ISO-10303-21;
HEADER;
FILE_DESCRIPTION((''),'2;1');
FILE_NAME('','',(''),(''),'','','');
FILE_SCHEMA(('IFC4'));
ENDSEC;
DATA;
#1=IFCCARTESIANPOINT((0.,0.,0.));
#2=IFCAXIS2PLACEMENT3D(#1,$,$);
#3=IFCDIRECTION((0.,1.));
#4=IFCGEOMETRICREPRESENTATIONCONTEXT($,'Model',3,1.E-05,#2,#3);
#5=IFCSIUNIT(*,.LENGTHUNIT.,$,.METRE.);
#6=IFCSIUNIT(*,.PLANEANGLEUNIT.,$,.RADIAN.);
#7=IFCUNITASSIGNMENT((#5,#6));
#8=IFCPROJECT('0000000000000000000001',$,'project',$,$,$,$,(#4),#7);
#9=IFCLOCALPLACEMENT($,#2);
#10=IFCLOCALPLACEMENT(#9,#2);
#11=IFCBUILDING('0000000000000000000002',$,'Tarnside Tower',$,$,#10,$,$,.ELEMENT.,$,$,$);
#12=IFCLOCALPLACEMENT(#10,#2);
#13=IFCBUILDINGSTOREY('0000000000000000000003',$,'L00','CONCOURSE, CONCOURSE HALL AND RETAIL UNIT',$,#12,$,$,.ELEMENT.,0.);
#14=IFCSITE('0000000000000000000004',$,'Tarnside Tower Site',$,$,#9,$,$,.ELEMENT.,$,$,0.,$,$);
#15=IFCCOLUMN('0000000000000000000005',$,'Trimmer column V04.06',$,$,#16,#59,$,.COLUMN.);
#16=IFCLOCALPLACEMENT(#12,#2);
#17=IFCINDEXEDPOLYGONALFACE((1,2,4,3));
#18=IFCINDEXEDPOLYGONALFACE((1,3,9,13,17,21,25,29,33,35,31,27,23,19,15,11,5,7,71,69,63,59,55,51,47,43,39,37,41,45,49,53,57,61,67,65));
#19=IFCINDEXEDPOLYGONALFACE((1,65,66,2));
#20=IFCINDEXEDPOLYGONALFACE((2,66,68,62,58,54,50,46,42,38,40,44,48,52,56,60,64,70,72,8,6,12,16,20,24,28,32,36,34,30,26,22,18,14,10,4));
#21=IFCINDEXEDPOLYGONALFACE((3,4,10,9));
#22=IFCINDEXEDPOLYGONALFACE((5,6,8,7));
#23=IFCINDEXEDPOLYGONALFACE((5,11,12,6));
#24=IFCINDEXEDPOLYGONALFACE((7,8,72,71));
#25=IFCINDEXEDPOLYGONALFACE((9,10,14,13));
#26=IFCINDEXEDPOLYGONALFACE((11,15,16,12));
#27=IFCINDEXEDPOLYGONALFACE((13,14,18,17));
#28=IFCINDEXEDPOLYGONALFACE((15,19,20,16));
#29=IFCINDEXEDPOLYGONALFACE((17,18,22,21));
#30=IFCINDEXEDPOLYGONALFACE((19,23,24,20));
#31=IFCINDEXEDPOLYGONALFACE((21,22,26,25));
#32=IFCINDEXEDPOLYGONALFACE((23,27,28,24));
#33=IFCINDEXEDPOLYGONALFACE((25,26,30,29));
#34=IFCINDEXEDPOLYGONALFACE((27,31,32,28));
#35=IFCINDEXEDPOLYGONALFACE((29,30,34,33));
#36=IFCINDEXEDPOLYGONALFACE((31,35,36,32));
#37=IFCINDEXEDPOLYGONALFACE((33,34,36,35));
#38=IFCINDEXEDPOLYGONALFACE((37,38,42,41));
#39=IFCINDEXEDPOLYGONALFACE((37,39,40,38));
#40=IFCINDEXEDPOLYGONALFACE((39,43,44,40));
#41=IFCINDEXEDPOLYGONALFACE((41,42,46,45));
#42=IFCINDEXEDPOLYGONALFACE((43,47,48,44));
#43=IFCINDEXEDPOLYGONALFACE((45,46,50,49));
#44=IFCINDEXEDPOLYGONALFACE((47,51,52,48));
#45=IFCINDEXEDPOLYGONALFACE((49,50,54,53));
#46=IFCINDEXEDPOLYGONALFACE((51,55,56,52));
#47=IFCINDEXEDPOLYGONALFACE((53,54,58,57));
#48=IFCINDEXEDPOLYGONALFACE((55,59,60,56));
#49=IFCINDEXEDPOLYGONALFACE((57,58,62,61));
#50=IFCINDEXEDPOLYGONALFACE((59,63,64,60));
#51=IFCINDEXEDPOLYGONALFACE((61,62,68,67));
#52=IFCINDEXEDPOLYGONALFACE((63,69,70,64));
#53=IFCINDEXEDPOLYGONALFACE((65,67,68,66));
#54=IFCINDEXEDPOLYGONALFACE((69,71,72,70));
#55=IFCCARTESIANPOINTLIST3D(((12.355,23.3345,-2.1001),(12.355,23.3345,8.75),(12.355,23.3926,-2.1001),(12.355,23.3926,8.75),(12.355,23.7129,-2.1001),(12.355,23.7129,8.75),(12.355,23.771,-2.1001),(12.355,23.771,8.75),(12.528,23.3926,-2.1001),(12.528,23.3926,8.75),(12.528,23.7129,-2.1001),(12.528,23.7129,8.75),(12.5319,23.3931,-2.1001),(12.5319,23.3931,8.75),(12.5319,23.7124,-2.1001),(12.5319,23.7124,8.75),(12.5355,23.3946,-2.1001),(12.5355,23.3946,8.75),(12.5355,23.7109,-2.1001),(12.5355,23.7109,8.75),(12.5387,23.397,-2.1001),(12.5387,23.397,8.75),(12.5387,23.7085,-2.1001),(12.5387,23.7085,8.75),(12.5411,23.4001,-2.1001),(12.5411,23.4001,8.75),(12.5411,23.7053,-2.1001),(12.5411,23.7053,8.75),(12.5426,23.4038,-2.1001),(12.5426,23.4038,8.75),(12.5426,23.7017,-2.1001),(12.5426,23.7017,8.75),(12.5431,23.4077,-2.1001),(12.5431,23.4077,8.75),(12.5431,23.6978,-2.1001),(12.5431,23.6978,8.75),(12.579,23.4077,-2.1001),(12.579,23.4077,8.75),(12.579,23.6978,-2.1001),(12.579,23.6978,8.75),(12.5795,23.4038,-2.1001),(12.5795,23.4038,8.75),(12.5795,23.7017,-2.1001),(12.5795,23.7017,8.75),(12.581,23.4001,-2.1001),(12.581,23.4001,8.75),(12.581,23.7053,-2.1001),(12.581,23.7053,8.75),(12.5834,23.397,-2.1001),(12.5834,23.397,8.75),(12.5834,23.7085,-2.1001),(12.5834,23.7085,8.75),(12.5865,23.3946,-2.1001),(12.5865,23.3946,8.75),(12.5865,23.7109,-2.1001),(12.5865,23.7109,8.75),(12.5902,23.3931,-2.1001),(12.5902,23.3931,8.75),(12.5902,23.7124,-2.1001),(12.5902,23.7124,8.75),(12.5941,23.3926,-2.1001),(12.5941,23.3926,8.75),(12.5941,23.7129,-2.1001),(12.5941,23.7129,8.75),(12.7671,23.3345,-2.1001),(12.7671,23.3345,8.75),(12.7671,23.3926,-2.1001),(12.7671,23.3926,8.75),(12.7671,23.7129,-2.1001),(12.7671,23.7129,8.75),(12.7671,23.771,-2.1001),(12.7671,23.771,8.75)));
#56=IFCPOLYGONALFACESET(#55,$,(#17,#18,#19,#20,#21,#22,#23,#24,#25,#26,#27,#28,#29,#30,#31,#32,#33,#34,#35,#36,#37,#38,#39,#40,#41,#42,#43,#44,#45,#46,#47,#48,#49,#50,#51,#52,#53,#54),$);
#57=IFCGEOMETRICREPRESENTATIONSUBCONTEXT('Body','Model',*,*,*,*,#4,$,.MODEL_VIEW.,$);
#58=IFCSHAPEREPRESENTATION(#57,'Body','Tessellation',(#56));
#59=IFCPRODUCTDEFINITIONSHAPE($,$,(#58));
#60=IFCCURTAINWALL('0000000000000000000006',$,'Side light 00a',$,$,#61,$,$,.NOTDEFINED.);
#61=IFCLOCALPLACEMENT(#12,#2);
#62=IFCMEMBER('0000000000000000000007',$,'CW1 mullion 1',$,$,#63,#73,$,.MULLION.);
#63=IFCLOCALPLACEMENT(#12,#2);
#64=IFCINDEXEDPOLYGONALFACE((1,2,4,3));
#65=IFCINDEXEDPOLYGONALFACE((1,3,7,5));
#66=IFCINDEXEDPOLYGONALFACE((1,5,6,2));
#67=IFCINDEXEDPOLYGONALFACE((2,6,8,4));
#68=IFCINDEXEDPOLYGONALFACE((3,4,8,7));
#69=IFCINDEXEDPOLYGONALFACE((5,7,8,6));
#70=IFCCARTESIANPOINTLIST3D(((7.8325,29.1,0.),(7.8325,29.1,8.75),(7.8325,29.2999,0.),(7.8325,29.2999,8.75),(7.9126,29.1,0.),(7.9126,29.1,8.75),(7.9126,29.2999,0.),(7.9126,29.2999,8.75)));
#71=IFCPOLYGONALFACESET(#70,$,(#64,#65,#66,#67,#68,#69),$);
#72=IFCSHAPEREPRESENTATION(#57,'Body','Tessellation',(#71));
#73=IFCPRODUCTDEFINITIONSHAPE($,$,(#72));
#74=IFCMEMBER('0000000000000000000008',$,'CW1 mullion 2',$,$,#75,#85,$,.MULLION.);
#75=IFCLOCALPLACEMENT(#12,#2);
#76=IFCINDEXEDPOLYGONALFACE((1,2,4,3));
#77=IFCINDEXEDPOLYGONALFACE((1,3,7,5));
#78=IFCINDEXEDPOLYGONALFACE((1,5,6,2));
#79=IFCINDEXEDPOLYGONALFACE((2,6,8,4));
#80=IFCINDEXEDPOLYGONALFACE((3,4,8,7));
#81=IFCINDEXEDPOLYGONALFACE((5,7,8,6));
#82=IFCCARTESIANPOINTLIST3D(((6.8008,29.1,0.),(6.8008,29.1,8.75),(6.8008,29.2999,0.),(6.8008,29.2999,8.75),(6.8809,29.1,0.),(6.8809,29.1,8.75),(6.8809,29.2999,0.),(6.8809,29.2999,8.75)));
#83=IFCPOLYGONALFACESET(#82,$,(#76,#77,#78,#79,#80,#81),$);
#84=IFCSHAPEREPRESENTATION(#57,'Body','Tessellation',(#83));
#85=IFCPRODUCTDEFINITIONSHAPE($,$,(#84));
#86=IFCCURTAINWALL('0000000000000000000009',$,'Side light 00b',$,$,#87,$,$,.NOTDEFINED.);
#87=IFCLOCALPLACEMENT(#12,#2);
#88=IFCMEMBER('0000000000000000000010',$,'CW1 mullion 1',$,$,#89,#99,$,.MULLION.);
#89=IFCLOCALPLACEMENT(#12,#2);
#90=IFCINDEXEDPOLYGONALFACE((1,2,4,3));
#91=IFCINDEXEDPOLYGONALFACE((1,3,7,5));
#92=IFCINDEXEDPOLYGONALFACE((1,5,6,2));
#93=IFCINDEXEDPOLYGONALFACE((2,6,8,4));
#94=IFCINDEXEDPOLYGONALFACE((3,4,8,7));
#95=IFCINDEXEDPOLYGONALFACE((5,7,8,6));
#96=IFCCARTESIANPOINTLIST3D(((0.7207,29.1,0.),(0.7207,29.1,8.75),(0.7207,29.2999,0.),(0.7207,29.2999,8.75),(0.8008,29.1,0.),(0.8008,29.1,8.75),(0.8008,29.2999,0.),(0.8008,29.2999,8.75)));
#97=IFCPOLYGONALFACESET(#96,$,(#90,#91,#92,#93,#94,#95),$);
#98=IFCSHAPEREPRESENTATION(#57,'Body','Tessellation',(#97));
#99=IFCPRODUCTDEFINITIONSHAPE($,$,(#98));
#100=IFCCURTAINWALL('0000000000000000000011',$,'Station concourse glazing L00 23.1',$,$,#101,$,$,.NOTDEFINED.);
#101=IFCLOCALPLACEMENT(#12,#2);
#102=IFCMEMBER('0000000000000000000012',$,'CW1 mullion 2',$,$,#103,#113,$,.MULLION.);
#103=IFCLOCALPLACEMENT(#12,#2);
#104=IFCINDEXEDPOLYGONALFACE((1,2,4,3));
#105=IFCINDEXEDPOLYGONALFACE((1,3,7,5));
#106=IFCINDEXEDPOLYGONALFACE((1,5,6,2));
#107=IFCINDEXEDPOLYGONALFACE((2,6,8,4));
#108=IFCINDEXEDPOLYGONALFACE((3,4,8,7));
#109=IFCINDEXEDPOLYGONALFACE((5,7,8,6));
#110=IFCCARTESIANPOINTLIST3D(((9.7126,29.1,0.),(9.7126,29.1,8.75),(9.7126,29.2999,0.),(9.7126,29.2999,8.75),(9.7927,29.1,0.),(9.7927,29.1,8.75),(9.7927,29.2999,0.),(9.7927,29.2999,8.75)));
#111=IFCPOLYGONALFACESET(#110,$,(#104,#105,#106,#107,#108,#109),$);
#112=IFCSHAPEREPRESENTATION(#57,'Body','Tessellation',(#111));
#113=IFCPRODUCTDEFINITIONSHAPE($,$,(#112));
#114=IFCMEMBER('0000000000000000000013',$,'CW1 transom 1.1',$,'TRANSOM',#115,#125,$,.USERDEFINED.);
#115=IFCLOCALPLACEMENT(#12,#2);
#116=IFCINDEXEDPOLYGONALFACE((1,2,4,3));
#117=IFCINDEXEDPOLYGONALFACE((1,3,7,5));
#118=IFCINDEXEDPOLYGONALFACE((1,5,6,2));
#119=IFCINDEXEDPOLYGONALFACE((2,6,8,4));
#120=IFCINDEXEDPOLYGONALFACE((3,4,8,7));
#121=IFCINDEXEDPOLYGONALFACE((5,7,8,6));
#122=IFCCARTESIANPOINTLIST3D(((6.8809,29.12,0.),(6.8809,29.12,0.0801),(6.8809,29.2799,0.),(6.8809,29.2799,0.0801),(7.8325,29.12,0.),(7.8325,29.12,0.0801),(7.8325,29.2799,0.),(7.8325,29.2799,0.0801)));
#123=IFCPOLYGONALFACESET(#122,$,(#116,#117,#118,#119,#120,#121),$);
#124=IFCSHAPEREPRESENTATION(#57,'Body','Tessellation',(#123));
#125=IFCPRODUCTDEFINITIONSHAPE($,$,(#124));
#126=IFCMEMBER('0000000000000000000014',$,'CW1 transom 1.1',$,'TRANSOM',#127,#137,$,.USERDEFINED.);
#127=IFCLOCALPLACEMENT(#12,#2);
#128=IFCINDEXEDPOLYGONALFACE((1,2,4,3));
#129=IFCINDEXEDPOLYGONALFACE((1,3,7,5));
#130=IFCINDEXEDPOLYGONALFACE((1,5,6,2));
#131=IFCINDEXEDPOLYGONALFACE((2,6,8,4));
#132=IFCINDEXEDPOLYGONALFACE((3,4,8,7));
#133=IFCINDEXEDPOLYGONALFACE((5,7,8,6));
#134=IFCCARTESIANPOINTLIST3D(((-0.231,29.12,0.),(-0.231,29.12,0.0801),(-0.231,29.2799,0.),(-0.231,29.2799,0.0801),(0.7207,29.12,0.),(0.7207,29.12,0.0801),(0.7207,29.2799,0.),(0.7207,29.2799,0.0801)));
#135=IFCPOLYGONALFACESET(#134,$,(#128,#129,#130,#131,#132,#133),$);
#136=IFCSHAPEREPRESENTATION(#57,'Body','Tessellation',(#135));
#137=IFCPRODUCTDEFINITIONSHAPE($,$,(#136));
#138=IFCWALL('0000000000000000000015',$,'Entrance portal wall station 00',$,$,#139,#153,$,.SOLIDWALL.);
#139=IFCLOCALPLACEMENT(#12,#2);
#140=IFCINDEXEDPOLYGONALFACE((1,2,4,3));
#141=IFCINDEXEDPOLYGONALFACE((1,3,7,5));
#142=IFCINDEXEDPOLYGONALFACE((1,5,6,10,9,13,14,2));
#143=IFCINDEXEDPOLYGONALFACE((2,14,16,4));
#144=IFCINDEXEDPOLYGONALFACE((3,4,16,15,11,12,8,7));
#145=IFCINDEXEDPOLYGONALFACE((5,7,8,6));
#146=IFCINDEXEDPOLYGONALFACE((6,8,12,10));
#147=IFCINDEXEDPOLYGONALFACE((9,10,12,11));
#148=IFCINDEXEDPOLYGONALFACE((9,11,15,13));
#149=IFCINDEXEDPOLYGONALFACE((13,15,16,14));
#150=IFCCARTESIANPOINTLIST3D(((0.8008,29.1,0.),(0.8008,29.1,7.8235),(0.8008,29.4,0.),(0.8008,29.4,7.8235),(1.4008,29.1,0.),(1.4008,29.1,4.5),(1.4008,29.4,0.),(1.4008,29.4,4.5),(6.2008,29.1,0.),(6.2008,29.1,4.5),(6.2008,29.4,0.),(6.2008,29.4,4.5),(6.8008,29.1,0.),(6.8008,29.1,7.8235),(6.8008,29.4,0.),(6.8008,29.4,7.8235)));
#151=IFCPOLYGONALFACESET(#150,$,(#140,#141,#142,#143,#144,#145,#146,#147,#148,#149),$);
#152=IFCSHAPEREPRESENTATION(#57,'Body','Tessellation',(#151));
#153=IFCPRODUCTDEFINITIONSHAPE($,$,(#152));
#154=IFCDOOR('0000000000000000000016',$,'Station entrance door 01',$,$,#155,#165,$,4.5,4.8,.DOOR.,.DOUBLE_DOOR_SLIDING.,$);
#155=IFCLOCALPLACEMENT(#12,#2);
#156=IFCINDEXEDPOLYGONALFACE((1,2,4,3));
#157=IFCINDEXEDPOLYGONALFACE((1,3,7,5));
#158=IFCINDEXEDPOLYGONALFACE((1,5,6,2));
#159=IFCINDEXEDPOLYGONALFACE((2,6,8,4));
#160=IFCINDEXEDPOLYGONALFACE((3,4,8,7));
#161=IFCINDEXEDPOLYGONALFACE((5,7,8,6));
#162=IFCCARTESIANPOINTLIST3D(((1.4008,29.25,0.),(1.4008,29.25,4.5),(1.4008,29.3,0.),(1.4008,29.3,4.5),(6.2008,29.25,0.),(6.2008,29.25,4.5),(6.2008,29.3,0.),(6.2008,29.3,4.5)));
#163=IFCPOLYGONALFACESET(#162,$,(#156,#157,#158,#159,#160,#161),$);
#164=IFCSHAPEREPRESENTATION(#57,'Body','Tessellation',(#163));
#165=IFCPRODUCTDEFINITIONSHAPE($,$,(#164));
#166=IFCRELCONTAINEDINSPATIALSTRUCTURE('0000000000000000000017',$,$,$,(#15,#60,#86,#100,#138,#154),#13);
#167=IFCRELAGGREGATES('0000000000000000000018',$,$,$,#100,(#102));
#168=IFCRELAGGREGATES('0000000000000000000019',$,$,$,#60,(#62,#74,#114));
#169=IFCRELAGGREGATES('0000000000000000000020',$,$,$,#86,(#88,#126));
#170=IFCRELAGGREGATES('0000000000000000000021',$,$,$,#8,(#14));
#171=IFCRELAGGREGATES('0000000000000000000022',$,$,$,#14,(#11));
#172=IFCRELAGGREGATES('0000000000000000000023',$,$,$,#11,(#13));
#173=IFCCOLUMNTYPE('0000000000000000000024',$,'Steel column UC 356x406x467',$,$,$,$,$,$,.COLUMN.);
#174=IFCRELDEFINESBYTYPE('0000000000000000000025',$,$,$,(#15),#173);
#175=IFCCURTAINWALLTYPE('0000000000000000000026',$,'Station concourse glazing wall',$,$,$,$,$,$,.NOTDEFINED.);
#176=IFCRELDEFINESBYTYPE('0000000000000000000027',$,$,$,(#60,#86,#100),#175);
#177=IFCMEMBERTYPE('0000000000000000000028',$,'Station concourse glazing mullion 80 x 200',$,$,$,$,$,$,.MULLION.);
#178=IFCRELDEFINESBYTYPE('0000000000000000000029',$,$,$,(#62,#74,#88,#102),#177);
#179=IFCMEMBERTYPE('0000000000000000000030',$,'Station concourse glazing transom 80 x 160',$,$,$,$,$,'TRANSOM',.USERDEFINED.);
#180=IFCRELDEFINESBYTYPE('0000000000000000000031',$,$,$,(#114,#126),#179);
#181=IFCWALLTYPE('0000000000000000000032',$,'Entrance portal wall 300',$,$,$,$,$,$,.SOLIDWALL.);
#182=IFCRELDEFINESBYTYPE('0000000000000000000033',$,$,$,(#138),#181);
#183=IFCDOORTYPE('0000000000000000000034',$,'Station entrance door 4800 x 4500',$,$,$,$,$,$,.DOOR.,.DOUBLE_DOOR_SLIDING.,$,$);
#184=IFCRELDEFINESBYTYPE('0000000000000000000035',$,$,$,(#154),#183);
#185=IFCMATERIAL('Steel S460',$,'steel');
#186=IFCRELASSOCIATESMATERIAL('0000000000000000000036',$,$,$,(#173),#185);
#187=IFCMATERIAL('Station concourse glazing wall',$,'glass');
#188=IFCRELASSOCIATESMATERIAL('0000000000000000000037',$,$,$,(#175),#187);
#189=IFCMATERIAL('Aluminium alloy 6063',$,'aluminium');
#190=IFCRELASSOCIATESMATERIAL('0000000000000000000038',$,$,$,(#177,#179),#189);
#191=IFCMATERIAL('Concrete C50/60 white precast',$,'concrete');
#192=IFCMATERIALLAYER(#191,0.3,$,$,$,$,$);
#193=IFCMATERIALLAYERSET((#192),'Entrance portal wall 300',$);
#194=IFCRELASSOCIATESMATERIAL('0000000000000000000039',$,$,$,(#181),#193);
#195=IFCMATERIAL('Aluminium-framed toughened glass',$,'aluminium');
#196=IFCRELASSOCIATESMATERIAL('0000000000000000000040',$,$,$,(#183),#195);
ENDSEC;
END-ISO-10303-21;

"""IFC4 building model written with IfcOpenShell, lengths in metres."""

from ifc_helpers import new_model, si_unit, direction, frame, frame_2d, origin, origin_2d, place, context, subcontext, project, spatial, rectangle, i_section, extrude, material, layer, layer_set, material_profile, profile_set, type_object, element, fill, aggregate, save


model = new_model("IFC4")

# Units and contexts
model_context = context("Model", 3, precision=1e-05, world=origin(), true_north=direction((0.0, 1.0)))
body_context = subcontext(model_context, "Body", "Model", "MODEL_VIEW")
ifc_project = project(units=[si_unit("LENGTHUNIT", "METRE"), si_unit("PLANEANGLEUNIT", "RADIAN")], contexts=[model_context])

# Site, building, storey
site_placement = place(None, origin())
site = spatial("IfcSite", under=ifc_project, at=site_placement, Name="Tarnside Tower Site", CompositionType="ELEMENT", RefElevation=0.0)
building_placement = place(site_placement, origin())
building = spatial("IfcBuilding", under=site, at=building_placement, Name="Tarnside Tower", CompositionType="ELEMENT")
storey_placement = place(building_placement, origin())
storey = spatial("IfcBuildingStorey", under=building, at=storey_placement, Name="L00", Description="CONCOURSE, CONCOURSE HALL AND RETAIL UNIT", CompositionType="ELEMENT", Elevation=0.0)

# Column
ifc_material_1 = material(Name="Steel S460", Category="steel")
ifc_material_profile_1 = material_profile(ifc_material_1, i_section(OverallWidth=0.4121, OverallDepth=0.4365, WebThickness=0.0359, FlangeThickness=0.0581, FilletRadius=0.0151, at=origin_2d()), Name="UC 356x406x467")
ifc_profile_set_1 = profile_set([ifc_material_profile_1], Name="Steel S460")
column_type_1 = type_object("IfcColumnType", Name="Steel column UC 356x406x467", PredefinedType="COLUMN", material=ifc_profile_set_1)
column_1_placement = place(storey_placement, frame((12.561, 23.5527, -2.1001), z_axis=(0.0, 0.0, 1.0), x_axis=(1.0, 0.0, 0.0)))
element("IfcColumn", 1, at=column_1_placement, inside=storey, type_object=column_type_1, Name="Trimmer column V04.06", PredefinedType="COLUMN", context=body_context, shape_type="SweptSolid", body=[
    extrude(i_section(OverallWidth=0.4121, OverallDepth=0.4365, WebThickness=0.0359, FlangeThickness=0.0581, FilletRadius=0.0151, at=origin_2d()), origin(), (0.0, 0.0, 1.0), 10.8501),
])

# Curtain wall, members
ifc_material_2 = material(Name="Station concourse glazing wall", Category="glass")
curtain_wall_type = type_object("IfcCurtainWallType", Name="Station concourse glazing wall", PredefinedType="NOTDEFINED", material=ifc_material_2)
curtain_wall_1_placement = place(storey_placement, origin())
curtain_wall_1 = element("IfcCurtainWall", 2, at=curtain_wall_1_placement, inside=storey, type_object=curtain_wall_type, Name="Side light 00a", PredefinedType="NOTDEFINED")
ifc_material_3 = material(Name="Aluminium alloy 6063", Category="aluminium")
ifc_material_profile_2 = material_profile(ifc_material_3, rectangle(XDim=0.2, YDim=0.0801, at=origin_2d()), Name="Station concourse glazing mullion 80 x 200")
ifc_profile_set_2 = profile_set([ifc_material_profile_2], Name="Aluminium alloy 6063")
member_type_1 = type_object("IfcMemberType", Name="Station concourse glazing mullion 80 x 200", PredefinedType="MULLION", material=ifc_profile_set_2)
member_1_placement = place(storey_placement, frame((7.8726, 29.2, 0.0), z_axis=(0.0, 0.0, 1.0), x_axis=(0.0, -1.0, 0.0)))
member_1 = element("IfcMember", 3, at=member_1_placement, type_object=member_type_1, Name="CW1 mullion 1", PredefinedType="MULLION", context=body_context, shape_type="SweptSolid", body=[
    extrude(rectangle(XDim=0.2, YDim=0.0801, at=origin_2d()), origin(), (0.0, 0.0, 1.0), 8.75),
])
member_2_placement = place(storey_placement, frame((6.8408, 29.2, 0.0), z_axis=(0.0, 0.0, 1.0), x_axis=(0.0, -1.0, 0.0)))
member_2 = element("IfcMember", 4, at=member_2_placement, type_object=member_type_1, Name="CW1 mullion 2", PredefinedType="MULLION", context=body_context, shape_type="SweptSolid", body=[
    extrude(rectangle(XDim=0.2, YDim=0.0801, at=origin_2d()), origin(), (0.0, 0.0, 1.0), 8.75),
])

# Curtain walls, members
curtain_wall_2_placement = place(storey_placement, origin())
curtain_wall_2 = element("IfcCurtainWall", 5, at=curtain_wall_2_placement, inside=storey, type_object=curtain_wall_type, Name="Side light 00b", PredefinedType="NOTDEFINED")
member_3_placement = place(storey_placement, frame((0.7607, 29.2, 0.0), z_axis=(0.0, 0.0, 1.0), x_axis=(0.0, -1.0, 0.0)))
member_3 = element("IfcMember", 6, at=member_3_placement, type_object=member_type_1, Name="CW1 mullion 1", PredefinedType="MULLION", context=body_context, shape_type="SweptSolid", body=[
    extrude(rectangle(XDim=0.2, YDim=0.0801, at=origin_2d()), origin(), (0.0, 0.0, 1.0), 8.75),
])
curtain_wall_3_placement = place(storey_placement, origin())
curtain_wall_3 = element("IfcCurtainWall", 7, at=curtain_wall_3_placement, inside=storey, type_object=curtain_wall_type, Name="Station concourse glazing L00 23.1", PredefinedType="NOTDEFINED")
member_4_placement = place(storey_placement, frame((9.7527, 29.2, 0.0), z_axis=(0.0, 0.0, 1.0), x_axis=(0.0, -1.0, 0.0)))
member_4 = element("IfcMember", 8, at=member_4_placement, type_object=member_type_1, Name="CW1 mullion 2", PredefinedType="MULLION", context=body_context, shape_type="SweptSolid", body=[
    extrude(rectangle(XDim=0.2, YDim=0.0801, at=origin_2d()), origin(), (0.0, 0.0, 1.0), 8.75),
])
aggregate(curtain_wall_3, [member_4])

# Members
ifc_material_profile_3 = material_profile(ifc_material_3, rectangle(XDim=0.1599, YDim=0.0801, at=origin_2d()), Name="Station concourse glazing transom 80 x 160")
ifc_profile_set_3 = profile_set([ifc_material_profile_3], Name="Aluminium alloy 6063")
member_type_2 = type_object("IfcMemberType", Name="Station concourse glazing transom 80 x 160", ElementType="TRANSOM", PredefinedType="USERDEFINED", material=ifc_profile_set_3)
member_5_placement = place(storey_placement, frame((7.8325, 29.2, 0.04), z_axis=(-1.0, 0.0, 0.0), x_axis=(0.0, -1.0, 0.0)))
member_5 = element("IfcMember", 9, at=member_5_placement, type_object=member_type_2, Name="CW1 transom 1.1", ObjectType="TRANSOM", PredefinedType="USERDEFINED", context=body_context, shape_type="SweptSolid", body=[
    extrude(rectangle(XDim=0.1599, YDim=0.0801, at=origin_2d()), origin(), (0.0, 0.0, 1.0), 0.9517),
])
aggregate(curtain_wall_1, [member_1, member_2, member_5])
member_6_placement = place(storey_placement, frame((0.7207, 29.2, 0.04), z_axis=(-1.0, 0.0, 0.0), x_axis=(0.0, -1.0, 0.0)))
member_6 = element("IfcMember", 10, at=member_6_placement, type_object=member_type_2, Name="CW1 transom 1.1", ObjectType="TRANSOM", PredefinedType="USERDEFINED", context=body_context, shape_type="SweptSolid", body=[
    extrude(rectangle(XDim=0.1599, YDim=0.0801, at=origin_2d()), origin(), (0.0, 0.0, 1.0), 0.9517),
])
aggregate(curtain_wall_2, [member_3, member_6])

# Wall, opening, door
ifc_material_4 = material(Name="Concrete C50/60 white precast", Category="concrete")
ifc_layer_1 = layer(ifc_material_4, 0.3)
ifc_layer_set_1 = layer_set([ifc_layer_1], Name="Entrance portal wall 300")
wall_type_1 = type_object("IfcWallType", Name="Entrance portal wall 300", PredefinedType="SOLIDWALL", material=ifc_layer_set_1)
wall_1_placement = place(storey_placement, frame((6.8008, 29.25, 0.0), z_axis=(0.0, 0.0, 1.0), x_axis=(-1.0, 0.0, 0.0)))
wall_1 = element("IfcWall", 11, at=wall_1_placement, inside=storey, type_object=wall_type_1, Name="Entrance portal wall station 00", PredefinedType="SOLIDWALL", context=body_context, shape_type="SweptSolid", body=[
    extrude(rectangle(XDim=6.0, YDim=0.3, at=frame_2d((3.0, 0.0))), origin(), (0.0, 0.0, 1.0), 7.8235),
])
opening_1_placement = place(wall_1_placement, frame((0.6001, 0.0, 0.0)))
opening_1 = element("IfcOpeningElement", 12, at=opening_1_placement, cuts=wall_1, PredefinedType="OPENING", context=body_context, shape_type="SweptSolid", body=[
    extrude(rectangle(XDim=4.8, YDim=4.5, at=frame_2d((2.3999, 2.25))), frame((0.0, 0.1602, 0.0), z_axis=(0.0, -1.0, 0.0), x_axis=(1.0, 0.0, 0.0)), (0.0, 0.0, 1.0), 0.3201),
])
ifc_material_5 = material(Name="Aluminium-framed toughened glass", Category="aluminium")
door_type_1 = type_object("IfcDoorType", Name="Station entrance door 4800 x 4500", OperationType="DOUBLE_DOOR_SLIDING", PredefinedType="DOOR", material=ifc_material_5)
door_1_placement = place(opening_1_placement, frame((0.0, -0.0249, 0.0)))
door_1 = element("IfcDoor", 13, at=door_1_placement, inside=storey, type_object=door_type_1, Name="Station entrance door 01", OperationType="DOUBLE_DOOR_SLIDING", OverallHeight=4.5, OverallWidth=4.8, PredefinedType="DOOR", context=body_context, shape_type="SweptSolid", body=[
    extrude(rectangle(XDim=4.8, YDim=4.5, at=frame_2d((2.3999, 2.25))), frame((0.0, 0.0249, 0.0), z_axis=(0.0, -1.0, 0.0), x_axis=(1.0, 0.0, 0.0)), (0.0, 0.0, 1.0), 0.05),
])
fill(opening_1, door_1)

save(model, "model.ifc")
